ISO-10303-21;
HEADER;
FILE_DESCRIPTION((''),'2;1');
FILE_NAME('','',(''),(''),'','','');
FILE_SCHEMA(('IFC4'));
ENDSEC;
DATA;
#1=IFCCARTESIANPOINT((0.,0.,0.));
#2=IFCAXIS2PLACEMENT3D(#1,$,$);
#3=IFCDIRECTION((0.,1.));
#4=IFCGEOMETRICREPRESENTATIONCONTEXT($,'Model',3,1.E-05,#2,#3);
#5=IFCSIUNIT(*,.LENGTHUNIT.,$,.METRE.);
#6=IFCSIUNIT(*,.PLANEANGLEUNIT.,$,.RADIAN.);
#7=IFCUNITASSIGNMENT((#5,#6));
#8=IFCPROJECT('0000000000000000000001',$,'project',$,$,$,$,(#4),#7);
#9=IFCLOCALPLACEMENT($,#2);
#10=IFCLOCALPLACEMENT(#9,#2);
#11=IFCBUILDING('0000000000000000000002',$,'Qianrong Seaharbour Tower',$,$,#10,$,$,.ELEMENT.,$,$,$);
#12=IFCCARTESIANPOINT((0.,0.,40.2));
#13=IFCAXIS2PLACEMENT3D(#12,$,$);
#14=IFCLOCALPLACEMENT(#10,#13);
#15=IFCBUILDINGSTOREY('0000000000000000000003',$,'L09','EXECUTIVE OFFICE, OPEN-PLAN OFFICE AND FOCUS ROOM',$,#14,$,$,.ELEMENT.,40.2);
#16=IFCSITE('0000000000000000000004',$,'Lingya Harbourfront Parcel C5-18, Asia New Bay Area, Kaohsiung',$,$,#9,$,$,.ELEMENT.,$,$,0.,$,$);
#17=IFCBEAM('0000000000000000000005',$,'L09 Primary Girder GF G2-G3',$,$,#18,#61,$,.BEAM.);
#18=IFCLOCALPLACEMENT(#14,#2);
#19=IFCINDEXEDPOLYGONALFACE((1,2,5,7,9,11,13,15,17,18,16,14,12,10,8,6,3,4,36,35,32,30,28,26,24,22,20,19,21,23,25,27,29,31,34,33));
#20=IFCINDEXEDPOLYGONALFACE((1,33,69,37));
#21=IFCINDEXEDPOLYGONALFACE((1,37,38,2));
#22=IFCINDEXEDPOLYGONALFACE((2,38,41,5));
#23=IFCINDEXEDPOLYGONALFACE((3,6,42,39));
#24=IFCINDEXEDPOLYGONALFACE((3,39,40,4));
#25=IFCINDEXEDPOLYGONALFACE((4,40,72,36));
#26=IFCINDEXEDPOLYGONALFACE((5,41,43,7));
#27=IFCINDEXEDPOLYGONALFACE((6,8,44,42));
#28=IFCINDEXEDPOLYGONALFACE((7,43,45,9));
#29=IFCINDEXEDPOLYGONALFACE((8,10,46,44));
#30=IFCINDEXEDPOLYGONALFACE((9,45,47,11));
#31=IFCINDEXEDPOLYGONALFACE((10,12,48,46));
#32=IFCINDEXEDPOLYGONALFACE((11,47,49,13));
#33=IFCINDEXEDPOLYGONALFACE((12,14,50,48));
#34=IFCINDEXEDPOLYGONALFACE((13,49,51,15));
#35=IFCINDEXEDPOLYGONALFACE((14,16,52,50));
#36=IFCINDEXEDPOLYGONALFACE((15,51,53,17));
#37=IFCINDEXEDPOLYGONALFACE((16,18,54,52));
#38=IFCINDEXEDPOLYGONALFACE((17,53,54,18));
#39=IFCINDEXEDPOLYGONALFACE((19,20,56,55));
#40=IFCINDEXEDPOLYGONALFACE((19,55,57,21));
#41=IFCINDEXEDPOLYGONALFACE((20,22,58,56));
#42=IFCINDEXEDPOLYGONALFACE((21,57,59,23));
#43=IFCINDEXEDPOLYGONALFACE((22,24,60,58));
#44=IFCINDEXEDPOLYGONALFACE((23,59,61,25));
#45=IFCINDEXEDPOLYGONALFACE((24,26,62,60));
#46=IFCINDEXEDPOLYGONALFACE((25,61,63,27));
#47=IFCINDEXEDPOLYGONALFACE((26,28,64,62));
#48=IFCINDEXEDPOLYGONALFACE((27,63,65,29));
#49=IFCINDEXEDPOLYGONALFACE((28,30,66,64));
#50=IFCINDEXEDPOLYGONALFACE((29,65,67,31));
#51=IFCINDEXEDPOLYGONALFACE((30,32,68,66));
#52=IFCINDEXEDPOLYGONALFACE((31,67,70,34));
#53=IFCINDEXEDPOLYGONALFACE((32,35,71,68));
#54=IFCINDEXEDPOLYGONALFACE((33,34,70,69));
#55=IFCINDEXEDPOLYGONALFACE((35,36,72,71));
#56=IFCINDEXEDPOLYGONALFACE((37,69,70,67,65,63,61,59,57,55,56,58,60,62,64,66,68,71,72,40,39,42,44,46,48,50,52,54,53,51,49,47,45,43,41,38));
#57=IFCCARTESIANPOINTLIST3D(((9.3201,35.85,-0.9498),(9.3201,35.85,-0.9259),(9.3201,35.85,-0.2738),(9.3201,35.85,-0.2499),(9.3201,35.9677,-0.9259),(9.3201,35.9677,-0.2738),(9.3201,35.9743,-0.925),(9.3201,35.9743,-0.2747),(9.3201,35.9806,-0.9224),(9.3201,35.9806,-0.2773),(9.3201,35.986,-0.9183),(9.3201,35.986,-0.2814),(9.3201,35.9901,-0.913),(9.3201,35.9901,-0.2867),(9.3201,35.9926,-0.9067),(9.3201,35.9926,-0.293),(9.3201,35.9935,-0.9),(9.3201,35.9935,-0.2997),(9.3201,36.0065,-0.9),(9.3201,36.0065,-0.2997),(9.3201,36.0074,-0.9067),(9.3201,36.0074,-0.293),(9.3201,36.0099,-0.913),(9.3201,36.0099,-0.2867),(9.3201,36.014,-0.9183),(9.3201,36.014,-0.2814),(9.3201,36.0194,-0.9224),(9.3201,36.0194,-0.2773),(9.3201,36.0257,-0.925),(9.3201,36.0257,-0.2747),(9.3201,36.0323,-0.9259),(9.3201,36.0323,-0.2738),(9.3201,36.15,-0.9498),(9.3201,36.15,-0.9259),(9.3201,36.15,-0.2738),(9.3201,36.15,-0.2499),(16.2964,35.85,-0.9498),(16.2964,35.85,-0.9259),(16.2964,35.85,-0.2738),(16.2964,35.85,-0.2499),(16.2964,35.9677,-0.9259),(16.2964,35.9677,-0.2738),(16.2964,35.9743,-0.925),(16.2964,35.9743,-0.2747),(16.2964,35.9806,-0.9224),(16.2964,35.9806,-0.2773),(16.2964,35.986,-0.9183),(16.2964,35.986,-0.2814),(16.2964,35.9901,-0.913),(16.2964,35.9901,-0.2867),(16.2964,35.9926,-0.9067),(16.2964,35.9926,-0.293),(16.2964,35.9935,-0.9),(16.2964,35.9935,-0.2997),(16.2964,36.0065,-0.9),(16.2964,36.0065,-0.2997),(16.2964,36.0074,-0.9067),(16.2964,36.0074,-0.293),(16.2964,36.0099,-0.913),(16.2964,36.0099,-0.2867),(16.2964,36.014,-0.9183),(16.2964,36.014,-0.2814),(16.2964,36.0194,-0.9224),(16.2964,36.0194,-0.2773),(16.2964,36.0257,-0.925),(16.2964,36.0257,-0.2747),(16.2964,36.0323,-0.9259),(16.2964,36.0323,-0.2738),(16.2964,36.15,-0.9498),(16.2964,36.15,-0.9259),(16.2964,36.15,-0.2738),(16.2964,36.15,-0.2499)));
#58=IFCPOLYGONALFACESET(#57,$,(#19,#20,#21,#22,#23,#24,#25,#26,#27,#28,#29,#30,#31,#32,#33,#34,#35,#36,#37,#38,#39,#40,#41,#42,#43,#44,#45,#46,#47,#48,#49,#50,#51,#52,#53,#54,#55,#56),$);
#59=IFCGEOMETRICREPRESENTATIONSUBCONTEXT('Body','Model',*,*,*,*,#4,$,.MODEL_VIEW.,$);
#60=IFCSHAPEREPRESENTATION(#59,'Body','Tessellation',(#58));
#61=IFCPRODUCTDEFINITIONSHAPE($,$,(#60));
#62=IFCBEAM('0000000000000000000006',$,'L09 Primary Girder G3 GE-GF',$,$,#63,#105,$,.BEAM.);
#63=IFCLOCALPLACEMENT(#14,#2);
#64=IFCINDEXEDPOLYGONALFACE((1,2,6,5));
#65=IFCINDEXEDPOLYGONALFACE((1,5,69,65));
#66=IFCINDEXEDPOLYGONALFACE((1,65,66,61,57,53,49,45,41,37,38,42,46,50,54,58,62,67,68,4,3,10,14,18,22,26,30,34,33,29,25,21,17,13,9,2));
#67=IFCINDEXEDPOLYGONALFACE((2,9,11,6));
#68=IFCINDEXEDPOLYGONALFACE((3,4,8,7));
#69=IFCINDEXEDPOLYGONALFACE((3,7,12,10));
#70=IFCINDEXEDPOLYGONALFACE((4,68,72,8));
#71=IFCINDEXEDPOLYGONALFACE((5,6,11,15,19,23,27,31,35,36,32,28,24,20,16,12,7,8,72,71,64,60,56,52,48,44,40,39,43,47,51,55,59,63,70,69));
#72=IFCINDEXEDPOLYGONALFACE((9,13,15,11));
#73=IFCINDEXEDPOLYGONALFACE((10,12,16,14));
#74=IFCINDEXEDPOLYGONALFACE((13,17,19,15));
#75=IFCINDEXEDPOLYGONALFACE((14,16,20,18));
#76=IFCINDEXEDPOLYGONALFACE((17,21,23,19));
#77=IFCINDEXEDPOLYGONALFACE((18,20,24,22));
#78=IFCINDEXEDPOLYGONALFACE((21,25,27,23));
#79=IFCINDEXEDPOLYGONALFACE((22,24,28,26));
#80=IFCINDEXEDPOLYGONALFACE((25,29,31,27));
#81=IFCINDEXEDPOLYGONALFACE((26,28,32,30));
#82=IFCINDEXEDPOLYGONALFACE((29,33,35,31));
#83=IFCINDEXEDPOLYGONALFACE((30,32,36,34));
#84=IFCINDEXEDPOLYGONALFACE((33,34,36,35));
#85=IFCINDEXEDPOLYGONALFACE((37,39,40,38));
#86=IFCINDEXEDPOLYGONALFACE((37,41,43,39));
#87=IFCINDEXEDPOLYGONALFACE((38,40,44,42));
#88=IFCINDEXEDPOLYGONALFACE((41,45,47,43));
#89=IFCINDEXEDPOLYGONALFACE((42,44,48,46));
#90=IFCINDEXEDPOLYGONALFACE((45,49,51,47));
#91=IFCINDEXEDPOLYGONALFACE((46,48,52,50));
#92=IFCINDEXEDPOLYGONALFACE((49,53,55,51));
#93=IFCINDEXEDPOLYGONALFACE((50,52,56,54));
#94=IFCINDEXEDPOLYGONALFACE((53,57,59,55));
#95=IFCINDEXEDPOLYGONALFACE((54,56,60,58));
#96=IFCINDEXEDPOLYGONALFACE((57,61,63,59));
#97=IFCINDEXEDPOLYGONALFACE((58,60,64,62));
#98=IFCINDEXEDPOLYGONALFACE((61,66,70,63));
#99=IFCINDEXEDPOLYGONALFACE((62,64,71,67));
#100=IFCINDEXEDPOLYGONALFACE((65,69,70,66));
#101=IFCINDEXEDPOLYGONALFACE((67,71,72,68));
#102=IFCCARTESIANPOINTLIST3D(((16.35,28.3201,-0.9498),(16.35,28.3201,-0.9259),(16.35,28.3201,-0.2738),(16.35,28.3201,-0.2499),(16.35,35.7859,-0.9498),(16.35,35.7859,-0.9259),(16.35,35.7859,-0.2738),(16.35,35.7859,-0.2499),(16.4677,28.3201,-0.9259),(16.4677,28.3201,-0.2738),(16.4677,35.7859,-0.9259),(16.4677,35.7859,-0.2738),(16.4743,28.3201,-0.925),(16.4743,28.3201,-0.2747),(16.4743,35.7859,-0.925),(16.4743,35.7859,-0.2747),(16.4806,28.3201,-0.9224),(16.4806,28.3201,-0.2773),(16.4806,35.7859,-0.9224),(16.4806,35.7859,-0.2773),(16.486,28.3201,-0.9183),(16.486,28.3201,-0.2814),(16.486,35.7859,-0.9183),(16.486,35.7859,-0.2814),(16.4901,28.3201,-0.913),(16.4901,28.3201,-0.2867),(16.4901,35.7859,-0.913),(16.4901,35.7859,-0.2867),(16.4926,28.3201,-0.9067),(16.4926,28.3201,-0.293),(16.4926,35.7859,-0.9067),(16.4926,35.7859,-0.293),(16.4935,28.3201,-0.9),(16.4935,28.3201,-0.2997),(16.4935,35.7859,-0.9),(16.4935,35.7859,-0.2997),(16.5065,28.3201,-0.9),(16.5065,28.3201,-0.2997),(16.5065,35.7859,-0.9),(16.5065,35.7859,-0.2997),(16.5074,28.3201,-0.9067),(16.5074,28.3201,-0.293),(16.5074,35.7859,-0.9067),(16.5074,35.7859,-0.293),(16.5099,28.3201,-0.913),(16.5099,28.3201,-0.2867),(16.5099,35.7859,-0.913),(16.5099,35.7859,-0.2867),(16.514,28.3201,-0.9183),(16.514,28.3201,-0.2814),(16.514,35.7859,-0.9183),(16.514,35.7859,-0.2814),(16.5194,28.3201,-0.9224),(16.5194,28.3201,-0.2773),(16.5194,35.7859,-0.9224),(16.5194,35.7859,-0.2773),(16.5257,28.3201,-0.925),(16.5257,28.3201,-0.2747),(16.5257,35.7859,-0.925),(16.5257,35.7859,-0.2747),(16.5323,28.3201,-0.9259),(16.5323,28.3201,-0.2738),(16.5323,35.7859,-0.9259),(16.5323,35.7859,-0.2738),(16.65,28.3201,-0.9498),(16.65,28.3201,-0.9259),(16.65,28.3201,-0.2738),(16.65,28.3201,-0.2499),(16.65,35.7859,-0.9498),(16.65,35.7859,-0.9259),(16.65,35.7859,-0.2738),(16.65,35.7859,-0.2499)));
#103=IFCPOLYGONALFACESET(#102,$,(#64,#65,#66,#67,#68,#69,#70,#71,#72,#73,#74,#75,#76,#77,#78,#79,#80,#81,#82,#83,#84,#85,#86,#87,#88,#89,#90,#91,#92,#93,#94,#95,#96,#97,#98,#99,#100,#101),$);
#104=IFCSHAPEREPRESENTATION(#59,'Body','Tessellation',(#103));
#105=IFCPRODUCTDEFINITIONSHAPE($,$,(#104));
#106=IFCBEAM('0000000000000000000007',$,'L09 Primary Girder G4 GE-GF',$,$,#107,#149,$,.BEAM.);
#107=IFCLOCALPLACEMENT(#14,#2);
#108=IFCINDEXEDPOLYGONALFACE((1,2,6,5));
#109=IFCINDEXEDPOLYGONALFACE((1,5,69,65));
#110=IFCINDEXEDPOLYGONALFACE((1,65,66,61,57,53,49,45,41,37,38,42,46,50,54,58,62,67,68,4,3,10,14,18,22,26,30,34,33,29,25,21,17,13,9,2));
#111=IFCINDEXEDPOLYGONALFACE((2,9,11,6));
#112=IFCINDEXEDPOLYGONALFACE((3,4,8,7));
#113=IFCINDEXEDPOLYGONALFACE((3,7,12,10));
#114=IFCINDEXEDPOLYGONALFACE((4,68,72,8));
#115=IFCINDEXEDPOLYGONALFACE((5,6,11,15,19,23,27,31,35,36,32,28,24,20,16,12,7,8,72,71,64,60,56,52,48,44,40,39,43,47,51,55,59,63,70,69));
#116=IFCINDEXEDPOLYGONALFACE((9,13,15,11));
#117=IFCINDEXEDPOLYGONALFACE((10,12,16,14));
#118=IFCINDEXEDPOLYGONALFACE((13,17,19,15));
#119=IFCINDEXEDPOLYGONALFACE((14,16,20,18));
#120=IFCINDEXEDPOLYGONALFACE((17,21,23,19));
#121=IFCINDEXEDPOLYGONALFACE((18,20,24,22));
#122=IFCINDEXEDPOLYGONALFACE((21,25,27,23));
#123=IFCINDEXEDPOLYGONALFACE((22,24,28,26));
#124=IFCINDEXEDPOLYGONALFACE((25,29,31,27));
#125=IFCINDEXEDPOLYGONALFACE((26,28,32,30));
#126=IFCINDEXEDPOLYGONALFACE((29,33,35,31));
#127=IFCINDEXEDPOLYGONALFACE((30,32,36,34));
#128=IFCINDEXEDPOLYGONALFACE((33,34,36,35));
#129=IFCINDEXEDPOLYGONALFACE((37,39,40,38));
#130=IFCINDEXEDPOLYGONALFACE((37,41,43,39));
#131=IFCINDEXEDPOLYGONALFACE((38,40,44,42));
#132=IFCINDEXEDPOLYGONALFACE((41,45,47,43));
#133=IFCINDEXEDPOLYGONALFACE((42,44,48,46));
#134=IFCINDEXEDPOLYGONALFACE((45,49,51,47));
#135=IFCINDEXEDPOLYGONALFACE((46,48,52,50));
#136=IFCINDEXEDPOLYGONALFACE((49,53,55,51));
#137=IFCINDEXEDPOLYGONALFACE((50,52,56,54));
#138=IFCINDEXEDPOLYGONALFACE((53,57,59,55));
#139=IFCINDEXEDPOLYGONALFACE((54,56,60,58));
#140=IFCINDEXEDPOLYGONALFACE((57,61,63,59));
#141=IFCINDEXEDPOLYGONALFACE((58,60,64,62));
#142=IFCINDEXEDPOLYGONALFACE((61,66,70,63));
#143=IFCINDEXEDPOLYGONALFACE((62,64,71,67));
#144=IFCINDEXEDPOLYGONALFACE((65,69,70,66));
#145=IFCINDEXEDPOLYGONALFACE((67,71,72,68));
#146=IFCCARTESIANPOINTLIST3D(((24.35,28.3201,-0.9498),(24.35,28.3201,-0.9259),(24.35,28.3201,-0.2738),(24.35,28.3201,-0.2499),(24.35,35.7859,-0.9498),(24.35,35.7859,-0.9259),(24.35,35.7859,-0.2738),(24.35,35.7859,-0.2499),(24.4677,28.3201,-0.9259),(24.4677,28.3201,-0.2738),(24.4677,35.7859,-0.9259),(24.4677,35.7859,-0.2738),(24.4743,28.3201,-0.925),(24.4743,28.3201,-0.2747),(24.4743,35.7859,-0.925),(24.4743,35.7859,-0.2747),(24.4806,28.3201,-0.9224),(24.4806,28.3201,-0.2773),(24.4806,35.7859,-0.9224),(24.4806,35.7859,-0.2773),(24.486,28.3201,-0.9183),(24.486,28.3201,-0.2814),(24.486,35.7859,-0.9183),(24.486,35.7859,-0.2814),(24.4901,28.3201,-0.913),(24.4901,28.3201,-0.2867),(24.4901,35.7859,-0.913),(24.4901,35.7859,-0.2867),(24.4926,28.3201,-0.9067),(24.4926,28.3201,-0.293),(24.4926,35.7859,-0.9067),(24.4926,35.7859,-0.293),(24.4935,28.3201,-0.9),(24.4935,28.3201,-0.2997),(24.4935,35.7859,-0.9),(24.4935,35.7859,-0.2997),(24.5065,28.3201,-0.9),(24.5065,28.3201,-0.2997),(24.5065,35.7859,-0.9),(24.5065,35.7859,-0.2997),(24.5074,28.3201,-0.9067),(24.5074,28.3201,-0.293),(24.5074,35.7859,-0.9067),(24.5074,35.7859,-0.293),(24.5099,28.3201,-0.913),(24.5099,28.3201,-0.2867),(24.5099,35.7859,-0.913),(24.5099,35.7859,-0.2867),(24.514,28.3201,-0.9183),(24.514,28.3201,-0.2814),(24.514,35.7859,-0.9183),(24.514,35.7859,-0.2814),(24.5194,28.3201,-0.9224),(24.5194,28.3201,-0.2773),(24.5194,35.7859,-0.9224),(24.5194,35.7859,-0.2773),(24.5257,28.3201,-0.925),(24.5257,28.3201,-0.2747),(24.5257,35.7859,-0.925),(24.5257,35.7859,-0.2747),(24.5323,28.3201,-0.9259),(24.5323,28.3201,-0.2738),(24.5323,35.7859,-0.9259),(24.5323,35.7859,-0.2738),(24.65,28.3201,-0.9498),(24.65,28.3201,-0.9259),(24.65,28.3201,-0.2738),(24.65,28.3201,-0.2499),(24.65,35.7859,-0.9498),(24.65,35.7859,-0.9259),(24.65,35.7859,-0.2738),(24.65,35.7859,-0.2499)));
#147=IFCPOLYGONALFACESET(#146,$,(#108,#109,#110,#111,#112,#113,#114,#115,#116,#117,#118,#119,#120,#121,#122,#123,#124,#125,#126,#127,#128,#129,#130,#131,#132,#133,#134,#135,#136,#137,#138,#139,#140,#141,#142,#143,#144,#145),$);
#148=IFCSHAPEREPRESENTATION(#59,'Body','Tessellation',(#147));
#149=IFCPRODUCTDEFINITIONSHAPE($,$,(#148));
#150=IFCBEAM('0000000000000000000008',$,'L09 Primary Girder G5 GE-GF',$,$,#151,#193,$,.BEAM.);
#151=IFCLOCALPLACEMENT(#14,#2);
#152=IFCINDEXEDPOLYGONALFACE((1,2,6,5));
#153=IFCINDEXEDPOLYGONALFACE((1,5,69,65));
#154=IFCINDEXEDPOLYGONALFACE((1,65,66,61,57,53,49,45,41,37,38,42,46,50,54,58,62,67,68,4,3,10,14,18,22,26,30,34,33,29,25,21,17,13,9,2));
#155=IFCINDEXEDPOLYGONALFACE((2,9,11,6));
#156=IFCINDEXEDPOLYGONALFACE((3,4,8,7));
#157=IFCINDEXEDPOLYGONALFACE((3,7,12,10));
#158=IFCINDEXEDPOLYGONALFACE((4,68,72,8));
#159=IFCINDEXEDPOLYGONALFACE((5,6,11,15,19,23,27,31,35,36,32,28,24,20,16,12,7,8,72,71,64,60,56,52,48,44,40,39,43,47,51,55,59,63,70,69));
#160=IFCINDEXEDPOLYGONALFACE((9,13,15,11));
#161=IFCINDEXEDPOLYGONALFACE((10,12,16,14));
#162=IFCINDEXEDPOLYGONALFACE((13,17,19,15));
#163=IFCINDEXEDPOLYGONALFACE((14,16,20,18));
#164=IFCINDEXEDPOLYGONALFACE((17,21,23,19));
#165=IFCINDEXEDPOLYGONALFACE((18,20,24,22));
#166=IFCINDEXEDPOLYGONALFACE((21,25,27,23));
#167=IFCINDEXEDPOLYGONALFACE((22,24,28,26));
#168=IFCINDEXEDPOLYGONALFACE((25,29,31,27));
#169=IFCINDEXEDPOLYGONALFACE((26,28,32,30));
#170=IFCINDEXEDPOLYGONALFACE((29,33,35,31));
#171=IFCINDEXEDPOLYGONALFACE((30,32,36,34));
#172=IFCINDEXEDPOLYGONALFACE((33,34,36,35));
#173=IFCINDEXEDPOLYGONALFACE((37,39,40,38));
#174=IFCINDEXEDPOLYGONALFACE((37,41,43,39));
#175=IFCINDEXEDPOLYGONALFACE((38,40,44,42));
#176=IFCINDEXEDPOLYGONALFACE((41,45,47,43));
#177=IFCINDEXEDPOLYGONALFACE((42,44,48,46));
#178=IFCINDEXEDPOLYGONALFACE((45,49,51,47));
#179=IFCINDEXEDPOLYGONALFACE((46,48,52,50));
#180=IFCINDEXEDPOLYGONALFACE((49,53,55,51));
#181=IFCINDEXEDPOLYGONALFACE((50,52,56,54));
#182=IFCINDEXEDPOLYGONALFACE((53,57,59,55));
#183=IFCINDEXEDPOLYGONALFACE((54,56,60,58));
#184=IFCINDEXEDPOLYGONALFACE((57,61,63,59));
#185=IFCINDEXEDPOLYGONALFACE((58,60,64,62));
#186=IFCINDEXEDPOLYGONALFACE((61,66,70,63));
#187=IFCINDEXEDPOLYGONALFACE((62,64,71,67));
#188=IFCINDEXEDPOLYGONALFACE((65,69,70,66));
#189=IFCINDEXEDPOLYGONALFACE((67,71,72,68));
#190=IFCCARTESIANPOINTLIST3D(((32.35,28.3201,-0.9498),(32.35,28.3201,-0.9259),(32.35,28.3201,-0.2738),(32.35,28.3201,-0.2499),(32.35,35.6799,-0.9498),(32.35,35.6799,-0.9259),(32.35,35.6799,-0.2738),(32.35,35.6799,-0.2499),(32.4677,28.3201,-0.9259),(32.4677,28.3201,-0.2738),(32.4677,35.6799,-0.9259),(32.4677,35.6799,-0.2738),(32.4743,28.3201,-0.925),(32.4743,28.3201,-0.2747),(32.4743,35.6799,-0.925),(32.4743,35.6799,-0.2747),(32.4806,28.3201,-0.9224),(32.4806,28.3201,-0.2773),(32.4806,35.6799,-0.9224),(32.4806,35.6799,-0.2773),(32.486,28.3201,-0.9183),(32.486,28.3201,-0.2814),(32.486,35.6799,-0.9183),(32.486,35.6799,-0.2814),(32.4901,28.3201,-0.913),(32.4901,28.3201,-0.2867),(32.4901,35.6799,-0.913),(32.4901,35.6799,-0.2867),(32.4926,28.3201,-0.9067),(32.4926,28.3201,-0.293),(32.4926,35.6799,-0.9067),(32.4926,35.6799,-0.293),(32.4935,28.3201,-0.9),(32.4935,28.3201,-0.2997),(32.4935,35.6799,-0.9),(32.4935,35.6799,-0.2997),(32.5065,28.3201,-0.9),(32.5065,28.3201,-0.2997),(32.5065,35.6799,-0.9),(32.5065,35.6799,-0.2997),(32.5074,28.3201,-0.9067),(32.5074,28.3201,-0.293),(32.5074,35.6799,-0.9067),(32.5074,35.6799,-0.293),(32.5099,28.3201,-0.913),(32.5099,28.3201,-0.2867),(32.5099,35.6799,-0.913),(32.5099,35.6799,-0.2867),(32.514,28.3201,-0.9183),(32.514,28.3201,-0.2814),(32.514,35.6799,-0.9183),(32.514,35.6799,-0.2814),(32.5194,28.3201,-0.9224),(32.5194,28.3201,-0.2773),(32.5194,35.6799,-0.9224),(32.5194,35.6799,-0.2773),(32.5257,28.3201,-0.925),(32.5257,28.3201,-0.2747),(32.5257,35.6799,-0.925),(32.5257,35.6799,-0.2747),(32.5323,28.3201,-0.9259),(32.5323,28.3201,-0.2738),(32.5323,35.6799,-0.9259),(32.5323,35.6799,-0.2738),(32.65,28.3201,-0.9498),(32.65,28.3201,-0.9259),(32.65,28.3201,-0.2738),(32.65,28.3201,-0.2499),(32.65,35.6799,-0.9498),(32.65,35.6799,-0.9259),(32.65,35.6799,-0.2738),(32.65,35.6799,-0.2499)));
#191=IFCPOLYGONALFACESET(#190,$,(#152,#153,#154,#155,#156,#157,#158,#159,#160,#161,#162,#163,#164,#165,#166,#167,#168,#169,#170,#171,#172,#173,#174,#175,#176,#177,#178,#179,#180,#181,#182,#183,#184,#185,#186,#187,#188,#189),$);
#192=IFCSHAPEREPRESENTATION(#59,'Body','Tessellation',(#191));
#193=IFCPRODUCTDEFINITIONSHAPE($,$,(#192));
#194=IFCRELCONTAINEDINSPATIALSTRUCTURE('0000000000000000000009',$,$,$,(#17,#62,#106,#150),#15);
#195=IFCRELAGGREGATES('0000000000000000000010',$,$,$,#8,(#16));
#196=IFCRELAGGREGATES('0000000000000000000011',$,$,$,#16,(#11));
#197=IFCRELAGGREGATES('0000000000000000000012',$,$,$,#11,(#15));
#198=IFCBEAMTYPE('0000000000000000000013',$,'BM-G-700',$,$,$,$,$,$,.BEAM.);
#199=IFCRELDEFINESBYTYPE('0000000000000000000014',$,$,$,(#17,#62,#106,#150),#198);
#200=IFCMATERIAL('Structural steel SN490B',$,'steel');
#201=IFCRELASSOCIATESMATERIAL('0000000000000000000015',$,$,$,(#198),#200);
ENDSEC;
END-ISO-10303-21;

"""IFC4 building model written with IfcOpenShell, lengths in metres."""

from ifc_helpers import new_model, si_unit, direction, frame, origin, origin_2d, place, context, subcontext, project, spatial, i_section, extrude, material, material_profile, profile_set, type_object, element, save


model = new_model("IFC4")

# Units and contexts
model_context = context("Model", 3, precision=1e-05, world=origin(), true_north=direction((0.0, 1.0)))
body_context = subcontext(model_context, "Body", "Model", "MODEL_VIEW")
ifc_project = project(units=[si_unit("LENGTHUNIT", "METRE"), si_unit("PLANEANGLEUNIT", "RADIAN")], contexts=[model_context])

# Site, building, storey
site_placement = place(None, origin())
site = spatial("IfcSite", under=ifc_project, at=site_placement, Name="Lingya Harbourfront Parcel C5-18, Asia New Bay Area, Kaohsiung", CompositionType="ELEMENT", RefElevation=0.0)
building_placement = place(site_placement, origin())
building = spatial("IfcBuilding", under=site, at=building_placement, Name="Qianrong Seaharbour Tower", CompositionType="ELEMENT")
storey_placement = place(building_placement, frame((0.0, 0.0, 40.2)))
storey = spatial("IfcBuildingStorey", under=building, at=storey_placement, Name="L09", Description="EXECUTIVE OFFICE, OPEN-PLAN OFFICE AND FOCUS ROOM", CompositionType="ELEMENT", Elevation=40.2)

# Shared definitions
ifc_material_1 = material(Name="Structural steel SN490B", Category="steel")

# Beams
ifc_material_profile_1 = material_profile(ifc_material_1, i_section(OverallWidth=0.3, OverallDepth=0.7, WebThickness=0.0129, FlangeThickness=0.0239, FilletRadius=0.0259, at=origin_2d()), Name="H700x300x13x24")
ifc_profile_set_1 = profile_set([ifc_material_profile_1], Name="Structural steel SN490B")
beam_type_1 = type_object("IfcBeamType", Name="BM-G-700", PredefinedType="BEAM", material=ifc_profile_set_1)
beam_1_placement = place(storey_placement, frame((9.3201, 36.0, -0.5999), z_axis=(1.0, 0.0, 0.0), x_axis=(0.0, 1.0, 0.0)))
element("IfcBeam", 1, at=beam_1_placement, inside=storey, type_object=beam_type_1, Name="L09 Primary Girder GF G2-G3", PredefinedType="BEAM", context=body_context, shape_type="SweptSolid", body=[
    extrude(i_section(OverallWidth=0.3, OverallDepth=0.7, WebThickness=0.0129, FlangeThickness=0.0239, FilletRadius=0.0259, at=origin_2d()), origin(), (0.0, 0.0, 1.0), 6.9763),
])
for number, where, z_axis, x_axis, name in (
    (2, (16.5, 28.3201, -0.5999), (0.0, 1.0, 0.0), (-1.0, 0.0, 0.0), "L09 Primary Girder G3 GE-GF"),
    (3, (24.5, 28.3201, -0.5999), (0.0, 1.0, 0.0), (-1.0, 0.0, 0.0), "L09 Primary Girder G4 GE-GF"),
):
    element("IfcBeam", number, at=place(storey_placement, frame(where, z_axis=z_axis, x_axis=x_axis)), inside=storey, type_object=beam_type_1, Name=name, PredefinedType="BEAM", context=body_context, shape_type="SweptSolid", body=[
        extrude(i_section(OverallWidth=0.3, OverallDepth=0.7, WebThickness=0.0129, FlangeThickness=0.0239, FilletRadius=0.0259, at=origin_2d()), origin(), (0.0, 0.0, 1.0), 7.4658),
    ])
beam_2_placement = place(storey_placement, frame((32.5, 28.3201, -0.5999), z_axis=(0.0, 1.0, 0.0), x_axis=(-1.0, 0.0, 0.0)))
element("IfcBeam", 4, at=beam_2_placement, inside=storey, type_object=beam_type_1, Name="L09 Primary Girder G5 GE-GF", PredefinedType="BEAM", context=body_context, shape_type="SweptSolid", body=[
    extrude(i_section(OverallWidth=0.3, OverallDepth=0.7, WebThickness=0.0129, FlangeThickness=0.0239, FilletRadius=0.0259, at=origin_2d()), origin(), (0.0, 0.0, 1.0), 7.3599),
])

save(model, "model.ifc")
